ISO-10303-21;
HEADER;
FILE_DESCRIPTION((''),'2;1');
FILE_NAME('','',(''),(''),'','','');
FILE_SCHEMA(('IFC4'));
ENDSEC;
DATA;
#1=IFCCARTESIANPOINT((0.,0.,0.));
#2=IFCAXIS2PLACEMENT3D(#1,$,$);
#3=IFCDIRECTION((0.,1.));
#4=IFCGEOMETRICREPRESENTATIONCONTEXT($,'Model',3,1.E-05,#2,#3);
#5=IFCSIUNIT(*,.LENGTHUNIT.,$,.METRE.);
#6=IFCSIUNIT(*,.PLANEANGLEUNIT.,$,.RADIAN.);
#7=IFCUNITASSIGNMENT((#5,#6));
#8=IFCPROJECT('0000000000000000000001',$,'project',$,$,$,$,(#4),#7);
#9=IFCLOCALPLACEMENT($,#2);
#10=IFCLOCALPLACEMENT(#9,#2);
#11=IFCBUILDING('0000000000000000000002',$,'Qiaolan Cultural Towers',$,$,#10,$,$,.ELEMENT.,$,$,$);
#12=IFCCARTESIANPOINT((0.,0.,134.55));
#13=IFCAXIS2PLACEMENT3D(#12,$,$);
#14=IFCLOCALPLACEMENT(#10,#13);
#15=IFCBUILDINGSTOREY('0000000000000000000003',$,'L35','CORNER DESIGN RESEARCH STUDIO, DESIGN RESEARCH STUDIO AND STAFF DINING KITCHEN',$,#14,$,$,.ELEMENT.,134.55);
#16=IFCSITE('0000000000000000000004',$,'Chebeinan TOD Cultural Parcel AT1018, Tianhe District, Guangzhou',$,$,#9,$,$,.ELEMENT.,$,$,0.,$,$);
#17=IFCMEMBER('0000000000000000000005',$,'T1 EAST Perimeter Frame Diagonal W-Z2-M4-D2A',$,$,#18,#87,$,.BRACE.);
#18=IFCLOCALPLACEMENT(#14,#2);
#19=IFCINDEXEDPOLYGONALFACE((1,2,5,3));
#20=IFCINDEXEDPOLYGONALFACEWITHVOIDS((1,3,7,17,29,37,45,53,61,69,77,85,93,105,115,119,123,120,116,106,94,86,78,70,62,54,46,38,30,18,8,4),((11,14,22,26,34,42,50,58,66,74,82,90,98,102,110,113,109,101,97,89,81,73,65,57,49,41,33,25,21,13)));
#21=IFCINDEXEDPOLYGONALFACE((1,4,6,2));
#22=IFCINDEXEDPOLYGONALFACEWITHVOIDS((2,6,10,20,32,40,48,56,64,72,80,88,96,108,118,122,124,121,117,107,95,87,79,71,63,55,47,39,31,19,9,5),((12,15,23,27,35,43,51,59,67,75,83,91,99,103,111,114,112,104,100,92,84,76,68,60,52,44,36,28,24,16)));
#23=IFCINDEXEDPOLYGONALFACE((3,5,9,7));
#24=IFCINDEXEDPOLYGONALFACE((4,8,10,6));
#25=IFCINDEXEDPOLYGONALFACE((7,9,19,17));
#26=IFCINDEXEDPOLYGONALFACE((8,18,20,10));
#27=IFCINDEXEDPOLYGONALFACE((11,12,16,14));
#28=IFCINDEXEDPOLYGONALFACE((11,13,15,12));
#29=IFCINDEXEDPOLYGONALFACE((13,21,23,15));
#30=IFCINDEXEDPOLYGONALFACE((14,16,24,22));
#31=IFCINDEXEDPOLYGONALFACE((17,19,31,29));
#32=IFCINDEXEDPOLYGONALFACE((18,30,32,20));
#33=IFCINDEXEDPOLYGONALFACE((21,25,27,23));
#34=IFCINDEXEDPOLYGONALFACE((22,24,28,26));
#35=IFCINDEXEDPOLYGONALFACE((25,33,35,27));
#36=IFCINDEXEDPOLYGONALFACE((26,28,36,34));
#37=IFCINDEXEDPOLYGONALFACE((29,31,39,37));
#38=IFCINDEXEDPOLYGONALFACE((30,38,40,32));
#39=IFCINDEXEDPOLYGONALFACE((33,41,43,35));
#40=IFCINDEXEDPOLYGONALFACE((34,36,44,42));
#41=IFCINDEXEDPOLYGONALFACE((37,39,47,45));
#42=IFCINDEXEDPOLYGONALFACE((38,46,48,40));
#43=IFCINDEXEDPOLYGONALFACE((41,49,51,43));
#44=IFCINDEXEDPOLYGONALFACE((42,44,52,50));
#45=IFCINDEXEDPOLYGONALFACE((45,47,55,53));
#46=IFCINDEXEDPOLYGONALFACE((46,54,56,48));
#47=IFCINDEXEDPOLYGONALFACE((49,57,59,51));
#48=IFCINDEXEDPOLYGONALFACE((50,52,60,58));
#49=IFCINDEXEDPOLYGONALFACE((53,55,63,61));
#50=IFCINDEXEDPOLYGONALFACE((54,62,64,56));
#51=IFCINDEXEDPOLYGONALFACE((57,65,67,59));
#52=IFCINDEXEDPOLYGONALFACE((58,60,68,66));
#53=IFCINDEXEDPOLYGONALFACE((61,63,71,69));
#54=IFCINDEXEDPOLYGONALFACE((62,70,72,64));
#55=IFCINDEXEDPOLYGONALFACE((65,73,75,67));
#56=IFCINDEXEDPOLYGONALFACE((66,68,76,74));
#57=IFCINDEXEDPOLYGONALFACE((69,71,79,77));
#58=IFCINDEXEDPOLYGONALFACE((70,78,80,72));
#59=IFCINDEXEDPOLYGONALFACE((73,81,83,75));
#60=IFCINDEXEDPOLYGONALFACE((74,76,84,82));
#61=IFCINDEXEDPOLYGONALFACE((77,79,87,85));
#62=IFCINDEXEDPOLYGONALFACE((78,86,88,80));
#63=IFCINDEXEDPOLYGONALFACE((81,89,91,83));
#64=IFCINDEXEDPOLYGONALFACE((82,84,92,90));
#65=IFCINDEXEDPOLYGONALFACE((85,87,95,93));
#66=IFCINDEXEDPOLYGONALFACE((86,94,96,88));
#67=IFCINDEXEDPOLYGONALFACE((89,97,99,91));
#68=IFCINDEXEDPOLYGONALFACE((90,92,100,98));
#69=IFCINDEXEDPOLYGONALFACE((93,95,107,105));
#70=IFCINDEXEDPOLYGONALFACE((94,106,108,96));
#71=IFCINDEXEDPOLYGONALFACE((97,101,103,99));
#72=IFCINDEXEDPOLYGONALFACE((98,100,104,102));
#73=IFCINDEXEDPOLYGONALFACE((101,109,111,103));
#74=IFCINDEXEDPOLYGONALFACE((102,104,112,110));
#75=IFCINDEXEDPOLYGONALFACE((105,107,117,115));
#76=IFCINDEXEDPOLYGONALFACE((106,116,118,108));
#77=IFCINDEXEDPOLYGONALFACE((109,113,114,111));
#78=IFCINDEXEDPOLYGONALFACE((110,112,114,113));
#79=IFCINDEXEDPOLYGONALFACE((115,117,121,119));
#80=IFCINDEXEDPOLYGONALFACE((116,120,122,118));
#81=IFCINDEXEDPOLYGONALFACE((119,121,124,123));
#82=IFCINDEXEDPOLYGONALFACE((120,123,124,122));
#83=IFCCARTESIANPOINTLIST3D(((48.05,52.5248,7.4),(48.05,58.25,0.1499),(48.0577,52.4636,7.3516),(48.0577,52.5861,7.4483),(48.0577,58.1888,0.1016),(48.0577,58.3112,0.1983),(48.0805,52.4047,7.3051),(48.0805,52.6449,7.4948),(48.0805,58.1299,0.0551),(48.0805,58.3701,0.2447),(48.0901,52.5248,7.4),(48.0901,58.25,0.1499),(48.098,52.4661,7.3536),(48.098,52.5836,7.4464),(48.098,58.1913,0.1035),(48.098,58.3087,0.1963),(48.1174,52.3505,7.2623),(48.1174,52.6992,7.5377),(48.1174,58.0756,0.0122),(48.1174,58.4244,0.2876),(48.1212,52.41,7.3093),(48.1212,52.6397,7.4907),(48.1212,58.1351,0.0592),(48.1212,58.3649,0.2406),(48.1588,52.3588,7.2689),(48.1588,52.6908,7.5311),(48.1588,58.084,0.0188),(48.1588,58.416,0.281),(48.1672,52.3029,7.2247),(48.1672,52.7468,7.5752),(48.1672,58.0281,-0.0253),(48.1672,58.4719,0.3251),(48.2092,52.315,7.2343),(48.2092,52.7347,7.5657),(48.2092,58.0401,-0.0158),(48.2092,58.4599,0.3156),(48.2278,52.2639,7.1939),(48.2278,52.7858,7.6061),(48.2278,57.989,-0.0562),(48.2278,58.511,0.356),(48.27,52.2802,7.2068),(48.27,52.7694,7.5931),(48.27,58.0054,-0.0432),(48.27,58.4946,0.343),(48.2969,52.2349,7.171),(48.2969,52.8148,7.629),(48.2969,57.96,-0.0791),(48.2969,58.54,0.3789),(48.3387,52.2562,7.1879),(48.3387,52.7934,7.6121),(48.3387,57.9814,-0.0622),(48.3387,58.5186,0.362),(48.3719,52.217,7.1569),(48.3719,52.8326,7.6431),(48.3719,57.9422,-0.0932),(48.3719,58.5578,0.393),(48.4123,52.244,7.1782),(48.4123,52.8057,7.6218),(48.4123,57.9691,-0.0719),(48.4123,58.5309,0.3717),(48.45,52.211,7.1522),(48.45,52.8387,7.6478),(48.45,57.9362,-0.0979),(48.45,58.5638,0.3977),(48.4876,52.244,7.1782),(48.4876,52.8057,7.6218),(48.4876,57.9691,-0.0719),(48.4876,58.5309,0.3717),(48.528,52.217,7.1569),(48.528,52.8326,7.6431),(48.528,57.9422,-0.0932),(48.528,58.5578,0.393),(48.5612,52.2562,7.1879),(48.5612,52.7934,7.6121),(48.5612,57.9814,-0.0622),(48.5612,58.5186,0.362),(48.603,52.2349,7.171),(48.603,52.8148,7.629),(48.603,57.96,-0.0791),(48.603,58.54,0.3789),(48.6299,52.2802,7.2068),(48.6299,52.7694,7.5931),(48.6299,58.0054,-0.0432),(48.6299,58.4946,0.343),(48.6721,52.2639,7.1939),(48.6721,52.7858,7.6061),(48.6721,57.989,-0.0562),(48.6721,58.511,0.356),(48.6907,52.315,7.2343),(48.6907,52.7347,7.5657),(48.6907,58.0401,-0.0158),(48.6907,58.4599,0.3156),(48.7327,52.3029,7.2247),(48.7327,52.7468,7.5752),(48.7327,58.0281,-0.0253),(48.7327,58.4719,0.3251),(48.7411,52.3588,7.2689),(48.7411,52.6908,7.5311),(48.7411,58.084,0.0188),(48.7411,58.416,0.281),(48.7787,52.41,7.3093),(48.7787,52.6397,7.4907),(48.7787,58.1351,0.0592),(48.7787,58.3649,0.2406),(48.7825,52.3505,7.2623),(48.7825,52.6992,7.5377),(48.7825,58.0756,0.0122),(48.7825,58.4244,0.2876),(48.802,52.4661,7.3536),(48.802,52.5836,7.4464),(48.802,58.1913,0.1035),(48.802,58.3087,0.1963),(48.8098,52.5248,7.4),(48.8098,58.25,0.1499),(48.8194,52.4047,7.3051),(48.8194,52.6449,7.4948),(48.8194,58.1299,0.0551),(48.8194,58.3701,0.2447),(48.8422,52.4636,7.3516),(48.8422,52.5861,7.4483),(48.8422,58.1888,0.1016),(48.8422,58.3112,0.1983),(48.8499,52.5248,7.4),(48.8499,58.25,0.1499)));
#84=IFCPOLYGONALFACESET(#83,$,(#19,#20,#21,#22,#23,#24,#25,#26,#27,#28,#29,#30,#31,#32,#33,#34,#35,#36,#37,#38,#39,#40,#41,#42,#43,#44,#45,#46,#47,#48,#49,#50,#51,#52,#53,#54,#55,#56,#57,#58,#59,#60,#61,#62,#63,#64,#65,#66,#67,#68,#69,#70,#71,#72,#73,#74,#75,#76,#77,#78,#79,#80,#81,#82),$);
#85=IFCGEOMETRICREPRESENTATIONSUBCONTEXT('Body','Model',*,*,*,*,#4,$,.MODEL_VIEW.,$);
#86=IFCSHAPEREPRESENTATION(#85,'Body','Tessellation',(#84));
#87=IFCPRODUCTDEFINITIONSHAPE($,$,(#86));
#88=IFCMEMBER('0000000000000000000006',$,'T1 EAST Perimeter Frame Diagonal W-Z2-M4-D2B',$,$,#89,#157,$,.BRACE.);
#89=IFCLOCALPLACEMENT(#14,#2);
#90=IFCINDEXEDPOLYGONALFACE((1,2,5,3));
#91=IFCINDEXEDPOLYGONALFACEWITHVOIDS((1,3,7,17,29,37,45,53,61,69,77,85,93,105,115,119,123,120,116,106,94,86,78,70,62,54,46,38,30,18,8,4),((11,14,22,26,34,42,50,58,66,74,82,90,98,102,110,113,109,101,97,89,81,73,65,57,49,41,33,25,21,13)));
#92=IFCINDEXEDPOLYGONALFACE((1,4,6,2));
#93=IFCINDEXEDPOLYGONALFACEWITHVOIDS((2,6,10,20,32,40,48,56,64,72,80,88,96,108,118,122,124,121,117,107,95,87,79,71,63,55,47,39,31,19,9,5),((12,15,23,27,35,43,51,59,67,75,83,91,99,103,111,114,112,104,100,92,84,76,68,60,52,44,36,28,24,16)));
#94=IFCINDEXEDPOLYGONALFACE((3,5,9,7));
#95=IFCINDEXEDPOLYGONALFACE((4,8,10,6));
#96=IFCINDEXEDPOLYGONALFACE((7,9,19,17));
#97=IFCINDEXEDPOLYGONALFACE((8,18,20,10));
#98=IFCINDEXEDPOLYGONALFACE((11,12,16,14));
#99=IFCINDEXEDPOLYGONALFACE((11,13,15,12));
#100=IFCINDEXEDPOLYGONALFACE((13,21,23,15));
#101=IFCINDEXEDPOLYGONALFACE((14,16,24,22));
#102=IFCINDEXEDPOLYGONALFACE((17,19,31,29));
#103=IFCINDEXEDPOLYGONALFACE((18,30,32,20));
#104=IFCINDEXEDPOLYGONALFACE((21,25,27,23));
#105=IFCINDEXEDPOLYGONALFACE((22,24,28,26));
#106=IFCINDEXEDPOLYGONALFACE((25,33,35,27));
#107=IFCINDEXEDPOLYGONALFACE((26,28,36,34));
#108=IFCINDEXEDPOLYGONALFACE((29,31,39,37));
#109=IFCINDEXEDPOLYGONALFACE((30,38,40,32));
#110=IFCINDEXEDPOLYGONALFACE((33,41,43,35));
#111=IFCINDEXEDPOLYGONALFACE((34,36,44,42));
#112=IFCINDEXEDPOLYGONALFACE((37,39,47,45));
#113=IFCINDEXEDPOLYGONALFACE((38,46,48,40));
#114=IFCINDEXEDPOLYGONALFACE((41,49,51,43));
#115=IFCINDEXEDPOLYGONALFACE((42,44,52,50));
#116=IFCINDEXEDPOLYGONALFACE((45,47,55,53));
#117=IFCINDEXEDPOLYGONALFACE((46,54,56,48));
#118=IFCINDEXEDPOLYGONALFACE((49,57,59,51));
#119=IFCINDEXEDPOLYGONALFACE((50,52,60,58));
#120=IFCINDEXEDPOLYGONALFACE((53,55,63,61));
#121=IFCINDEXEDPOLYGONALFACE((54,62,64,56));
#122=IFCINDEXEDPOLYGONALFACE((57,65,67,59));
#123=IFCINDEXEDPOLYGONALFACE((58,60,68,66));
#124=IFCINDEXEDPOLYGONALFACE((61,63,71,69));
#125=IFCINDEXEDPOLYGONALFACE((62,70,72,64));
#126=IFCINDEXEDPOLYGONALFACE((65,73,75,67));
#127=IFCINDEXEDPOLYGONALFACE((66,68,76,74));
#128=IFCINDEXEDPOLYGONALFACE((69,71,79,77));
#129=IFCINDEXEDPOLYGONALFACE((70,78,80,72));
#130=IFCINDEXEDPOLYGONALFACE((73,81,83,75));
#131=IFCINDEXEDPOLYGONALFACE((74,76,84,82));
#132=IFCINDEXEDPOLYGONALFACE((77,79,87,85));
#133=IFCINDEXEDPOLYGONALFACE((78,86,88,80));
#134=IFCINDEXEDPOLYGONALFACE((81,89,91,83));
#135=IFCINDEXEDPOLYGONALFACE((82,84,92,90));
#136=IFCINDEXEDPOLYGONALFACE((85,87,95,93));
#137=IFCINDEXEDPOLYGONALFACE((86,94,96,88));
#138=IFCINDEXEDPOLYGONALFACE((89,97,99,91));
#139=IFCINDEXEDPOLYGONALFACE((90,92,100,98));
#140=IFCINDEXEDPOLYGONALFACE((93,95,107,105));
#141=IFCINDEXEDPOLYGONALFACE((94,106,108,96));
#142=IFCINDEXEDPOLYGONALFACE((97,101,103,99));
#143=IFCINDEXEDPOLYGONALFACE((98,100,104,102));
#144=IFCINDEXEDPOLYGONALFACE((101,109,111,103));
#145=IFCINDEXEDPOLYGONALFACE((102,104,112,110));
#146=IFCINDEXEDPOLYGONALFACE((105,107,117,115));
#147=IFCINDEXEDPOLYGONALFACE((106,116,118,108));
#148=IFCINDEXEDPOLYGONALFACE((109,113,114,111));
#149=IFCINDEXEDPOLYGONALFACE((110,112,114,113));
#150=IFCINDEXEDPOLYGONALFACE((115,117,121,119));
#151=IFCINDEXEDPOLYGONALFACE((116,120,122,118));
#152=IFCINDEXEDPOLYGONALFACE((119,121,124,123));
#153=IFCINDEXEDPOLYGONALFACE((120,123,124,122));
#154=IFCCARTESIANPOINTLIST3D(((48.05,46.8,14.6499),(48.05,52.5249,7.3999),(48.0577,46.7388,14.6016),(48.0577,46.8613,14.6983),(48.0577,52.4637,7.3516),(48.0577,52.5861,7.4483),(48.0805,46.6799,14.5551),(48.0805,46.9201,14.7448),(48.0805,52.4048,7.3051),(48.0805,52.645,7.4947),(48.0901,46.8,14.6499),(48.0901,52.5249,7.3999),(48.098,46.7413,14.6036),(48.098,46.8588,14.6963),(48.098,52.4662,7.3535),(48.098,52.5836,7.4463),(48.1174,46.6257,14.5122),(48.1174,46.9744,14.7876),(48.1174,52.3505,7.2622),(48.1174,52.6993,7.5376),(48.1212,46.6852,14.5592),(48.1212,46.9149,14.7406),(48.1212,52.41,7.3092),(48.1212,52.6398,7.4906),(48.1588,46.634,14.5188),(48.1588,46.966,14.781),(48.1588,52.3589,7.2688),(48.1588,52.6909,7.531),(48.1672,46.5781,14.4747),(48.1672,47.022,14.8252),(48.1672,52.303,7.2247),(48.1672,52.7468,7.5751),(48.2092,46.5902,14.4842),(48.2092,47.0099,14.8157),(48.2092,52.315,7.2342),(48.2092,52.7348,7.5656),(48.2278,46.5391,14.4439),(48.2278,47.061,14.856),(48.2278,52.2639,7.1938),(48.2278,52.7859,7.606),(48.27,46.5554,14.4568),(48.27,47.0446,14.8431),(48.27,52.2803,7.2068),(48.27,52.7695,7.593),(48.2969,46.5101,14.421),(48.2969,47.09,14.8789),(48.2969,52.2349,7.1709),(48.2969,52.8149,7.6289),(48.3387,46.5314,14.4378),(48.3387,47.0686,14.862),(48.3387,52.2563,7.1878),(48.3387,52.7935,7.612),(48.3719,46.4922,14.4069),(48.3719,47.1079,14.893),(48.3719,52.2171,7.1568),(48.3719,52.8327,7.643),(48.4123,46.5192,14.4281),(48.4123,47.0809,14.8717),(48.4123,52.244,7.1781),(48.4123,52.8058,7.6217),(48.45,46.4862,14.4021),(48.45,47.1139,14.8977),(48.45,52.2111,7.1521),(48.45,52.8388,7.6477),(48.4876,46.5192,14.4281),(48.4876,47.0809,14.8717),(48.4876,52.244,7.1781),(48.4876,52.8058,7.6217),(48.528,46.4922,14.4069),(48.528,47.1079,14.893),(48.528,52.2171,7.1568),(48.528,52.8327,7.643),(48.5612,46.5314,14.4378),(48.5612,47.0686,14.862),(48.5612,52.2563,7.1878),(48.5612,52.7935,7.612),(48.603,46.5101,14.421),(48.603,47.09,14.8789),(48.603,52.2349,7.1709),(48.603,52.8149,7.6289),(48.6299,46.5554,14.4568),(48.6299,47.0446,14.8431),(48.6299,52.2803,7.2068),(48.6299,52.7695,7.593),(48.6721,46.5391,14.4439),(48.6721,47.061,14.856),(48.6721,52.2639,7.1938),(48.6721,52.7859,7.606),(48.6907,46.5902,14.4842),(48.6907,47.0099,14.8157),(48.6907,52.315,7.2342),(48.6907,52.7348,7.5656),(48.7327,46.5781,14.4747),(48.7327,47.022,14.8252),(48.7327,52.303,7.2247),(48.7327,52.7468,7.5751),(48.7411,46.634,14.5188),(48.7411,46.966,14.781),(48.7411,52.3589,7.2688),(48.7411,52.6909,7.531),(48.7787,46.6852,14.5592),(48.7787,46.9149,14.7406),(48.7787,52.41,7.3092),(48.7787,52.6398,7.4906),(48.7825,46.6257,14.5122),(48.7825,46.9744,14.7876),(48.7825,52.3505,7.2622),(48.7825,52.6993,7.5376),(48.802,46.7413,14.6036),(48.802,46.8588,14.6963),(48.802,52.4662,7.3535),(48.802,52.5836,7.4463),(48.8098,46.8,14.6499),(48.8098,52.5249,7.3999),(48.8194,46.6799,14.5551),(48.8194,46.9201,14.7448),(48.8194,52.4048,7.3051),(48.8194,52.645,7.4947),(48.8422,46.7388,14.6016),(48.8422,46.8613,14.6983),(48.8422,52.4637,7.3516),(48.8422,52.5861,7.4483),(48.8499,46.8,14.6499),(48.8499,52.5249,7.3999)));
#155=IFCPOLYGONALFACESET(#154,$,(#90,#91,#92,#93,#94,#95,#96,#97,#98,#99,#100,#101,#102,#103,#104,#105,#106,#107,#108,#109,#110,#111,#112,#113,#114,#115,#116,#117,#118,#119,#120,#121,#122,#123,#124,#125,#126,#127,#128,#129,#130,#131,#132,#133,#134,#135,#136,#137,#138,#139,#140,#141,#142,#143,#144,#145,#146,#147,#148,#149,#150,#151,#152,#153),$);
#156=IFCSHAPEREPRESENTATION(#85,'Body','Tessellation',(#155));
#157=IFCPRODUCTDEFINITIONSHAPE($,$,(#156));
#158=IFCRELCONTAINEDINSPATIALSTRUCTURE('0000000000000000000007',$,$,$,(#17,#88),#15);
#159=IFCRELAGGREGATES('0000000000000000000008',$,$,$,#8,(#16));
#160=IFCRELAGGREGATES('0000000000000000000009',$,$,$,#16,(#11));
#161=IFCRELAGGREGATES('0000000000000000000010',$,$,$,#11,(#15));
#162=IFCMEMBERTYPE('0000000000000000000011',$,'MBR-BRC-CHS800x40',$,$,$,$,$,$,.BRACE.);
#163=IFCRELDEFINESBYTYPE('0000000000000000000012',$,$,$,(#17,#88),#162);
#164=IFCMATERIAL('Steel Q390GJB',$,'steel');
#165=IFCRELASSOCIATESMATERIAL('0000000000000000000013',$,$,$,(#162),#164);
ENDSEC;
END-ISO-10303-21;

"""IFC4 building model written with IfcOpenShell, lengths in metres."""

from ifc_helpers import new_model, si_unit, direction, frame, origin, origin_2d, place, context, subcontext, project, spatial, hollow_circle, extrude, material, material_profile, profile_set, type_object, element, save


model = new_model("IFC4")

# Units and contexts
model_context = context("Model", 3, precision=1e-05, world=origin(), true_north=direction((0.0, 1.0)))
body_context = subcontext(model_context, "Body", "Model", "MODEL_VIEW")
ifc_project = project(units=[si_unit("LENGTHUNIT", "METRE"), si_unit("PLANEANGLEUNIT", "RADIAN")], contexts=[model_context])

# Site, building, storey
site_placement = place(None, origin())
site = spatial("IfcSite", under=ifc_project, at=site_placement, Name="Chebeinan TOD Cultural Parcel AT1018, Tianhe District, Guangzhou", CompositionType="ELEMENT", RefElevation=0.0)
building_placement = place(site_placement, origin())
building = spatial("IfcBuilding", under=site, at=building_placement, Name="Qiaolan Cultural Towers", CompositionType="ELEMENT")
storey_placement = place(building_placement, frame((0.0, 0.0, 134.55)))
storey = spatial("IfcBuildingStorey", under=building, at=storey_placement, Name="L35", Description="CORNER DESIGN RESEARCH STUDIO, DESIGN RESEARCH STUDIO AND STAFF DINING KITCHEN", CompositionType="ELEMENT", Elevation=134.55)

# Members
ifc_material_1 = material(Name="Steel Q390GJB", Category="steel")
ifc_material_profile_1 = material_profile(ifc_material_1, hollow_circle(Radius=0.3999, WallThickness=0.04, at=origin_2d()), Name="CHS800x40")
ifc_profile_set_1 = profile_set([ifc_material_profile_1], Name="Steel Q390GJB")
member_type = type_object("IfcMemberType", Name="MBR-BRC-CHS800x40", PredefinedType="BRACE", material=ifc_profile_set_1)
for number, where, z_axis, x_axis, name in (
    (1, (48.45, 58.25, 0.1499), (0.0, -0.619739, 0.784808), (1.0, 0.0, 0.0), "T1 EAST Perimeter Frame Diagonal W-Z2-M4-D2A"),
):
    element("IfcMember", number, at=place(storey_placement, frame(where, z_axis=z_axis, x_axis=x_axis)), inside=storey, type_object=member_type, Name=name, PredefinedType="BRACE", context=body_context, shape_type="SweptSolid", body=[
        extrude(hollow_circle(Radius=0.3999, WallThickness=0.04, at=origin_2d()), origin(), (0.0, 0.0, 1.0), 9.238),
    ])
member_placement = place(storey_placement, frame((48.45, 52.5249, 7.3999), z_axis=(0.0, -0.619722, 0.784821), x_axis=(1.0, 0.0, 0.0)))
element("IfcMember", 2, at=member_placement, inside=storey, type_object=member_type, Name="T1 EAST Perimeter Frame Diagonal W-Z2-M4-D2B", PredefinedType="BRACE", context=body_context, shape_type="SweptSolid", body=[
    extrude(hollow_circle(Radius=0.3999, WallThickness=0.04, at=origin_2d()), origin(), (0.0, 0.0, 1.0), 9.2378),
])

save(model, "model.ifc")
